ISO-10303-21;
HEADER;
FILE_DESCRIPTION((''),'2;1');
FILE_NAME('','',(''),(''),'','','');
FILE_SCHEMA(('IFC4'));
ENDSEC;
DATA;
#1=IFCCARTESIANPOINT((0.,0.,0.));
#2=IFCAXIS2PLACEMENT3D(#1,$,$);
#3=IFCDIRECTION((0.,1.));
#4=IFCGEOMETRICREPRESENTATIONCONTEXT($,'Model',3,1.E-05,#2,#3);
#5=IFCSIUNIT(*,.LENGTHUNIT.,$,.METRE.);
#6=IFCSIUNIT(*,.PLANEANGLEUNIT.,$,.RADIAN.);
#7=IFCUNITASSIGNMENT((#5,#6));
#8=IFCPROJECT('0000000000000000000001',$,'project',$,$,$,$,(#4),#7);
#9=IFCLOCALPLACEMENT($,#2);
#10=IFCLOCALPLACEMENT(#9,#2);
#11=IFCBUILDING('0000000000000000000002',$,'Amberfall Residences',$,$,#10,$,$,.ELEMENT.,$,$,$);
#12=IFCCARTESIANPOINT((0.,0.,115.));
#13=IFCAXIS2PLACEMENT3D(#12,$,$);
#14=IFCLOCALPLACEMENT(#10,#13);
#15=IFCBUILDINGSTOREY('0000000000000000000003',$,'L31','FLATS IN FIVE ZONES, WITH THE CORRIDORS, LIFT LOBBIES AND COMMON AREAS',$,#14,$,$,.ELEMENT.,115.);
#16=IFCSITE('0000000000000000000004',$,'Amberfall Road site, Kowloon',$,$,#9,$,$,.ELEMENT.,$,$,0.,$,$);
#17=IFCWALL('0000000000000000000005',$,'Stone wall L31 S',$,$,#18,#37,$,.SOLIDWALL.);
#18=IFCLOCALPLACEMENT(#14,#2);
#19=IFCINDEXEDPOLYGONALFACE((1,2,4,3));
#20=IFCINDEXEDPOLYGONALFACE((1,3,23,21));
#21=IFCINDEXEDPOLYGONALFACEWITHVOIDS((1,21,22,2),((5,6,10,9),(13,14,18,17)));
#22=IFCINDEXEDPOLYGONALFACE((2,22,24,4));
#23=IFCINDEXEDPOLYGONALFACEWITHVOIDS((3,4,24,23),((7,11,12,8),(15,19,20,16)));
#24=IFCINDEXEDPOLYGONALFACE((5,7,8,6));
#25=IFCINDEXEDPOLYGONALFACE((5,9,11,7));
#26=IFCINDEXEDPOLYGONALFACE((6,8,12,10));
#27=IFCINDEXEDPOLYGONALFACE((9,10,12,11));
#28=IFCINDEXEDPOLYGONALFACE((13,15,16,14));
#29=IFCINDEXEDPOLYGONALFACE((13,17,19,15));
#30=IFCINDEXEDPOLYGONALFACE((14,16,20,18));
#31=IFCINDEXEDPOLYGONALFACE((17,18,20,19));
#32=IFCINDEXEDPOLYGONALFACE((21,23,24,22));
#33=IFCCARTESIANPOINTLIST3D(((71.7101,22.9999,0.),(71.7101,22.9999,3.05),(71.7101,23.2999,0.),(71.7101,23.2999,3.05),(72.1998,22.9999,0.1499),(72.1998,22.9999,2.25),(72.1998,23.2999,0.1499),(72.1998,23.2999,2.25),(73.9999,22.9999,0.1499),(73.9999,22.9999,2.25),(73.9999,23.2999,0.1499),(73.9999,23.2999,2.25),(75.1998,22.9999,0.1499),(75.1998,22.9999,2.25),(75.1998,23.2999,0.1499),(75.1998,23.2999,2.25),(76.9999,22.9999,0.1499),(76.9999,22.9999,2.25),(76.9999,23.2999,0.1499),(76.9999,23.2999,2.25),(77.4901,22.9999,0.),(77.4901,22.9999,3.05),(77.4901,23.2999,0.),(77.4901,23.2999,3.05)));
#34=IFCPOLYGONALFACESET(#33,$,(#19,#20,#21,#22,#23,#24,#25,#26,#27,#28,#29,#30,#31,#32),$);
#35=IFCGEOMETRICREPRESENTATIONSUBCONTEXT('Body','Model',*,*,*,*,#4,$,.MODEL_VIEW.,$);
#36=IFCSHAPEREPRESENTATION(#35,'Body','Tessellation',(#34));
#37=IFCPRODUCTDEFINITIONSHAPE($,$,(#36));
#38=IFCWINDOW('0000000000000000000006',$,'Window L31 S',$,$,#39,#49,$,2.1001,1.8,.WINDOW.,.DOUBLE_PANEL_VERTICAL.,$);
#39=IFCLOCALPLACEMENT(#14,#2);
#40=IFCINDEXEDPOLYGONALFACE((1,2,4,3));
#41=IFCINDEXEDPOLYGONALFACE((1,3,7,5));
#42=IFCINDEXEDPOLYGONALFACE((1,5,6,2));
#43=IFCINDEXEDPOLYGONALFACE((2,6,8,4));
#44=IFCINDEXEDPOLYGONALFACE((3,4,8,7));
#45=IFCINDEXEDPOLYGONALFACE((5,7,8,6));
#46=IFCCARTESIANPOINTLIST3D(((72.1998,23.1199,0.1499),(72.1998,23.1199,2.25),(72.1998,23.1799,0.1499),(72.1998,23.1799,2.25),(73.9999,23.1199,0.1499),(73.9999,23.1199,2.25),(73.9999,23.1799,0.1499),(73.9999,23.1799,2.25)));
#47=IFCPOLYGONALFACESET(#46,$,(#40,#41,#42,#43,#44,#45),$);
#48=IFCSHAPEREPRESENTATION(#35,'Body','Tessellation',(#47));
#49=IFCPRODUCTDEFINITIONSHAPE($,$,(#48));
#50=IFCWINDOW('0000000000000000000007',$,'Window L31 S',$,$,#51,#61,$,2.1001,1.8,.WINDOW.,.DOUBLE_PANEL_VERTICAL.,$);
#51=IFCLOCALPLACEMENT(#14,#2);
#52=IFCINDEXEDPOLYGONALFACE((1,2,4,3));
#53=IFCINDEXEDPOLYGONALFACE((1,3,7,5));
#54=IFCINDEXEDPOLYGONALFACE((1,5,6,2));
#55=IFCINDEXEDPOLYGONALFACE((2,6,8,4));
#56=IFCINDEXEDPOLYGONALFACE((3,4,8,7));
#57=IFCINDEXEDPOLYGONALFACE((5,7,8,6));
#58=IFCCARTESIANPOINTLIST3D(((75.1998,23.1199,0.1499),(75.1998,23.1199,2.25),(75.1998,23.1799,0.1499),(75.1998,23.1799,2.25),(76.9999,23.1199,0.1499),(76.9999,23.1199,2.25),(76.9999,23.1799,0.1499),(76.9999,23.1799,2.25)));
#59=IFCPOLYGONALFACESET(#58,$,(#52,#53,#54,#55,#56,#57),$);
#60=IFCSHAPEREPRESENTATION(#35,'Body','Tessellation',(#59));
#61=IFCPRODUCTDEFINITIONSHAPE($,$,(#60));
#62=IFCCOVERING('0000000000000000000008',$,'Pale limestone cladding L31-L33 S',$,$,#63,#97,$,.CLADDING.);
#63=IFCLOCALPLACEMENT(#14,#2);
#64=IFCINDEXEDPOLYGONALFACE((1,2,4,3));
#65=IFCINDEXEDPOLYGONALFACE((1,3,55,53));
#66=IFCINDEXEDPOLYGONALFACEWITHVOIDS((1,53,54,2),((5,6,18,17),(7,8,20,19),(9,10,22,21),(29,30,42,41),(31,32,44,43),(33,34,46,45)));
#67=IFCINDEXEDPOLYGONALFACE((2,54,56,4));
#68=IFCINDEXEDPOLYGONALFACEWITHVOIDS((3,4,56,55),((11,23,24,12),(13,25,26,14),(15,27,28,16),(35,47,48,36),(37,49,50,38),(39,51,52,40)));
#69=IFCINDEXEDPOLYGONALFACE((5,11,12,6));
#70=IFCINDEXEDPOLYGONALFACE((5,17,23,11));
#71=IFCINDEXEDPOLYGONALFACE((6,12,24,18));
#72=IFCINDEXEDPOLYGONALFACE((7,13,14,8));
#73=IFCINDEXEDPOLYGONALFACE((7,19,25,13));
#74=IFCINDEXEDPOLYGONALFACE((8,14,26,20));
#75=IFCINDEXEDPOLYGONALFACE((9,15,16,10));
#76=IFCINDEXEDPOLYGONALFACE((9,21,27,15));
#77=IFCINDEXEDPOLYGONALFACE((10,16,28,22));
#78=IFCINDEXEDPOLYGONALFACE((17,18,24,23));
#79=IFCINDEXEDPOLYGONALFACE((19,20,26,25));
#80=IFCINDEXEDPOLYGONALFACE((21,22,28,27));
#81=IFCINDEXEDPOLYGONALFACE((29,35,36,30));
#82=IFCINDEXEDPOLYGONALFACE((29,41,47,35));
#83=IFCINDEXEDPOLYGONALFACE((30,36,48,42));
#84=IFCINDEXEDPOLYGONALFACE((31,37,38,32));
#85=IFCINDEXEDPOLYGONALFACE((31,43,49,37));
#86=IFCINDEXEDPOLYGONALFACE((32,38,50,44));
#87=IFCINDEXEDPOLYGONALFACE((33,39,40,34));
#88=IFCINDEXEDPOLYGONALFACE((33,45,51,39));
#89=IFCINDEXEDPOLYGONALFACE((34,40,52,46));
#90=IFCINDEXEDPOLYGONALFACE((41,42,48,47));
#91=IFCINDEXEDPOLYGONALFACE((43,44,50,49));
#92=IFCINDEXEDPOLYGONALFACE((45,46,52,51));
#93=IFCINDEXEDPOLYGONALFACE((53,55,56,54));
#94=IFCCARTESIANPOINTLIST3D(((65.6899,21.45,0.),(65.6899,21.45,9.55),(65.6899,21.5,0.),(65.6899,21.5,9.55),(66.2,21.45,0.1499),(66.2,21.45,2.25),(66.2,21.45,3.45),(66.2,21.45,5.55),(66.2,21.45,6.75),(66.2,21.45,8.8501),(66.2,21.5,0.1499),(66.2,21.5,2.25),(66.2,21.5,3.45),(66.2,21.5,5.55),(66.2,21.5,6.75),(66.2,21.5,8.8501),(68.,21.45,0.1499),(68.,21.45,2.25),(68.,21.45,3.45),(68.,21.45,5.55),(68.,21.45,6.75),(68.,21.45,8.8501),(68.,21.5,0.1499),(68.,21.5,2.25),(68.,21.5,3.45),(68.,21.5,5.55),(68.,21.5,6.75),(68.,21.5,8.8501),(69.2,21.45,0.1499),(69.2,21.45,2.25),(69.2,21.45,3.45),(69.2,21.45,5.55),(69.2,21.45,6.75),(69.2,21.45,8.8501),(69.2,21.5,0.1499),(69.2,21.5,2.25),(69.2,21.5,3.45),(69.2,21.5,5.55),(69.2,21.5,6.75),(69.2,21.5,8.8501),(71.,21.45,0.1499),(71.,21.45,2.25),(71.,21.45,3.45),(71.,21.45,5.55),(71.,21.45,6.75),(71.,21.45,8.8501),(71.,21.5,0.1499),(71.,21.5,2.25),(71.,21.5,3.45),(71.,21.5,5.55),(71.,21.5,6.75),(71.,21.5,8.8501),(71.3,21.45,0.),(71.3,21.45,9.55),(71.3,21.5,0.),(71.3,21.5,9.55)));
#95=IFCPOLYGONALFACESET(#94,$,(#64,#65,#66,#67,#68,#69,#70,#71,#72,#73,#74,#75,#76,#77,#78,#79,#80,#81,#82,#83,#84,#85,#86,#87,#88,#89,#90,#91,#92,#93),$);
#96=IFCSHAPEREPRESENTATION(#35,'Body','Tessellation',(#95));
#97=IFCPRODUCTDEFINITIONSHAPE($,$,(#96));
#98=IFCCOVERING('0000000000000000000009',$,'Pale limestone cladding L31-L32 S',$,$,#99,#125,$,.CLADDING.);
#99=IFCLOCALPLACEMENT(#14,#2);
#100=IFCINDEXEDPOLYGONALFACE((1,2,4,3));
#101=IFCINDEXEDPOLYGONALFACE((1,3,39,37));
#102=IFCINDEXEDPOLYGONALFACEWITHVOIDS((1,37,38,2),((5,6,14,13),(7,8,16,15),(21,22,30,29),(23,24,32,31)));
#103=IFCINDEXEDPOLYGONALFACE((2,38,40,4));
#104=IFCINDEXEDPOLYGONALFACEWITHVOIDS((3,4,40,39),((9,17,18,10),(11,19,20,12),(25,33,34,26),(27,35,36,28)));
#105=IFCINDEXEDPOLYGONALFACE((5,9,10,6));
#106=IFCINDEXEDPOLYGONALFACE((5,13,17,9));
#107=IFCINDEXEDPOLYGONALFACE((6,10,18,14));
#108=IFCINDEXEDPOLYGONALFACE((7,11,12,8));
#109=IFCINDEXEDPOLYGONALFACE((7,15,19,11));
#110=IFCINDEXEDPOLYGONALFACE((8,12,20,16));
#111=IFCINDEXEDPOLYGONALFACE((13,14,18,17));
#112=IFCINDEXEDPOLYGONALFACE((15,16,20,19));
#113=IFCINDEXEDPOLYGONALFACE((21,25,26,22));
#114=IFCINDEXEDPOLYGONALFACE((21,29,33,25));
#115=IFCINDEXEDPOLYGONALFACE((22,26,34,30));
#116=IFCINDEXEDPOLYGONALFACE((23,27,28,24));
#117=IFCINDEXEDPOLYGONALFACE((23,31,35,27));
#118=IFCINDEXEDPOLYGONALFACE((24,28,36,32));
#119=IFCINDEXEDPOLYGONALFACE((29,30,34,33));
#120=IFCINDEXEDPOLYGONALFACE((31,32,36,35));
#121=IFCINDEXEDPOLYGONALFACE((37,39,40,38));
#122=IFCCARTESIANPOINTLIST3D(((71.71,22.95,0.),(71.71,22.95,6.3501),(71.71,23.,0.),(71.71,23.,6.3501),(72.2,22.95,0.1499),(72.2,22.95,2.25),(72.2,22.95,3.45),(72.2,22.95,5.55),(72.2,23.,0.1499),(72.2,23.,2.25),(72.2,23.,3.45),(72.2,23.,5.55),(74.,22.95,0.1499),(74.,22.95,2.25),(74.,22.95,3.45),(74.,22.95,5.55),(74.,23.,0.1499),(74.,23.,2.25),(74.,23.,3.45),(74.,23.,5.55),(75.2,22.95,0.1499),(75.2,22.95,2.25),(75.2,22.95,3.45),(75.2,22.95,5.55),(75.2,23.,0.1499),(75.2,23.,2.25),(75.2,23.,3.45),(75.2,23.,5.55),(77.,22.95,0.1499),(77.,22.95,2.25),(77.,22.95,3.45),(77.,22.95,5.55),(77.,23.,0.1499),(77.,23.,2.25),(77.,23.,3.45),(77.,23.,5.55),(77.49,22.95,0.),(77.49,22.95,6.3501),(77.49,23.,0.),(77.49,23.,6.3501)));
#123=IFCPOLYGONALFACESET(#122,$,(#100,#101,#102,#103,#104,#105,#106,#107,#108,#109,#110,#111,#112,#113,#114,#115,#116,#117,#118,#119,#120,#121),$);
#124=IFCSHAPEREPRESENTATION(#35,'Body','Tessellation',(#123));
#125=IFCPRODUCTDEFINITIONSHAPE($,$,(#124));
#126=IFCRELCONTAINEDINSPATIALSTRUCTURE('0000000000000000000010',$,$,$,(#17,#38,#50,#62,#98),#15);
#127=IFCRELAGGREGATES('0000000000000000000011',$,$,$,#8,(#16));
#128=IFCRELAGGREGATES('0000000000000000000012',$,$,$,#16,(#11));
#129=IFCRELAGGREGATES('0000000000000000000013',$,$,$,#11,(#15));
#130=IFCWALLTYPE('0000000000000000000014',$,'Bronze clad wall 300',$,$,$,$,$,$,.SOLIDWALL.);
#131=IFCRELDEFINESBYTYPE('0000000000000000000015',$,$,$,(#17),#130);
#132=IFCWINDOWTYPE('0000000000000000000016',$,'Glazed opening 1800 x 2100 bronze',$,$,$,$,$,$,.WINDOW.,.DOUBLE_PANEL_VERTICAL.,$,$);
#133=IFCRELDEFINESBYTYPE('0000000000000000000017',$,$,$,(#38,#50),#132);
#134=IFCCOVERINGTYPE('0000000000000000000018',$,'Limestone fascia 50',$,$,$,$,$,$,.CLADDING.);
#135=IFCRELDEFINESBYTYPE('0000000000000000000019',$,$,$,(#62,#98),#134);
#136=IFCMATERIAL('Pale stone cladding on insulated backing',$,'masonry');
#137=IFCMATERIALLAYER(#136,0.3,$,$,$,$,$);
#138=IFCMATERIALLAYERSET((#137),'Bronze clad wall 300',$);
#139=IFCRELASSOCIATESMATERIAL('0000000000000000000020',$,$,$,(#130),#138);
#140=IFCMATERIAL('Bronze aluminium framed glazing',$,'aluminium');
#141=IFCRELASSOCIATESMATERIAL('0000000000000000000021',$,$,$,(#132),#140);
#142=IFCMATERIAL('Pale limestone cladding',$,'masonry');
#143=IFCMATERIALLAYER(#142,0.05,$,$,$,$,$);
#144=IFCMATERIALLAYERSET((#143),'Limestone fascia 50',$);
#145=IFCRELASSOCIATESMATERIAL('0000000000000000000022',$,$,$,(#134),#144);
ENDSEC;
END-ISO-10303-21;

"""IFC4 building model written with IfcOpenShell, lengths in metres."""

from ifc_helpers import new_model, si_unit, direction, frame, frame_2d, origin, place, context, subcontext, project, spatial, polyline, rectangle, outline, extrude, material, layer, layer_set, type_object, element, fill, save


model = new_model("IFC4")

# Units and contexts
model_context = context("Model", 3, precision=1e-05, world=origin(), true_north=direction((0.0, 1.0)))
body_context = subcontext(model_context, "Body", "Model", "MODEL_VIEW")
ifc_project = project(units=[si_unit("LENGTHUNIT", "METRE"), si_unit("PLANEANGLEUNIT", "RADIAN")], contexts=[model_context])

# Site, building, storey
site_placement = place(None, origin())
site = spatial("IfcSite", under=ifc_project, at=site_placement, Name="Amberfall Road site, Kowloon", CompositionType="ELEMENT", RefElevation=0.0)
building_placement = place(site_placement, origin())
building = spatial("IfcBuilding", under=site, at=building_placement, Name="Amberfall Residences", CompositionType="ELEMENT")
storey_placement = place(building_placement, frame((0.0, 0.0, 115.0)))
storey = spatial("IfcBuildingStorey", under=building, at=storey_placement, Name="L31", Description="FLATS IN FIVE ZONES, WITH THE CORRIDORS, LIFT LOBBIES AND COMMON AREAS", CompositionType="ELEMENT", Elevation=115.0)

# Shared definitions
ifc_material_1 = material(Name="Pale stone cladding on insulated backing", Category="masonry")
ifc_layer_1 = layer(ifc_material_1, 0.3)
ifc_layer_set_1 = layer_set([ifc_layer_1], Name="Bronze clad wall 300")
wall_type = type_object("IfcWallType", Name="Bronze clad wall 300", PredefinedType="SOLIDWALL", material=ifc_layer_set_1)

# Wall, openings, windows
ifc_material_2 = material(Name="Bronze aluminium framed glazing", Category="aluminium")
window_type = type_object("IfcWindowType", Name="Glazed opening 1800 x 2100 bronze", PartitioningType="DOUBLE_PANEL_VERTICAL", PredefinedType="WINDOW", material=ifc_material_2)
wall_1_placement = place(storey_placement, frame((71.71, 23.1499, 0.0), z_axis=(0.0, 0.0, 1.0), x_axis=(1.0, 0.0, 0.0)))
wall_1 = element("IfcWall", 1, at=wall_1_placement, inside=storey, type_object=wall_type, Name="Stone wall L31 S", PredefinedType="SOLIDWALL", context=body_context, shape_type="SweptSolid", body=[
    extrude(rectangle(XDim=5.78, YDim=0.3, at=frame_2d((2.8901, 0.0))), origin(), (0.0, 0.0, 1.0), 3.05),
])
opening_1_placement = place(wall_1_placement, frame((0.49, 0.0, 0.1499)))
opening_1 = element("IfcOpeningElement", 2, at=opening_1_placement, cuts=wall_1, PredefinedType="OPENING", context=body_context, shape_type="SweptSolid", body=[
    extrude(rectangle(XDim=1.8, YDim=2.1001, at=frame_2d((0.8999, 1.05))), frame((0.0, 0.1599, 0.0), z_axis=(0.0, -1.0, 0.0), x_axis=(1.0, 0.0, 0.0)), (0.0, 0.0, 1.0), 0.3201),
])
opening_2_placement = place(wall_1_placement, frame((3.49, 0.0, 0.1499)))
opening_2 = element("IfcOpeningElement", 3, at=opening_2_placement, cuts=wall_1, PredefinedType="OPENING", context=body_context, shape_type="SweptSolid", body=[
    extrude(rectangle(XDim=1.8, YDim=2.1001, at=frame_2d((0.8999, 1.05))), frame((0.0, 0.1599, 0.0), z_axis=(0.0, -1.0, 0.0), x_axis=(1.0, 0.0, 0.0)), (0.0, 0.0, 1.0), 0.3201),
])
window_1_placement = place(opening_1_placement, origin())
window_1 = element("IfcWindow", 4, at=window_1_placement, inside=storey, type_object=window_type, Name="Window L31 S", OverallHeight=2.1001, OverallWidth=1.8, PartitioningType="DOUBLE_PANEL_VERTICAL", PredefinedType="WINDOW", context=body_context, shape_type="SweptSolid", body=[
    extrude(rectangle(XDim=1.8, YDim=2.1001, at=frame_2d((0.8999, 1.05))), frame((0.0, 0.03, 0.0), z_axis=(0.0, -1.0, 0.0), x_axis=(1.0, 0.0, 0.0)), (0.0, 0.0, 1.0), 0.0601),
])
fill(opening_1, window_1)
window_2_placement = place(opening_2_placement, origin())
window_2 = element("IfcWindow", 5, at=window_2_placement, inside=storey, type_object=window_type, Name="Window L31 S", OverallHeight=2.1001, OverallWidth=1.8, PartitioningType="DOUBLE_PANEL_VERTICAL", PredefinedType="WINDOW", context=body_context, shape_type="SweptSolid", body=[
    extrude(rectangle(XDim=1.8, YDim=2.1001, at=frame_2d((0.8999, 1.05))), frame((0.0, 0.03, 0.0), z_axis=(0.0, -1.0, 0.0), x_axis=(1.0, 0.0, 0.0)), (0.0, 0.0, 1.0), 0.0601),
])
fill(opening_2, window_2)

# Coverings
ifc_material_3 = material(Name="Pale limestone cladding", Category="masonry")
ifc_layer_2 = layer(ifc_material_3, 0.05)
ifc_layer_set_2 = layer_set([ifc_layer_2], Name="Limestone fascia 50")
covering_type = type_object("IfcCoveringType", Name="Limestone fascia 50", PredefinedType="CLADDING", material=ifc_layer_set_2)
covering_1_placement = place(storey_placement, frame((65.6899, 21.5, 9.55), z_axis=(0.0, 1.0, 0.0), x_axis=(1.0, 0.0, 0.0)))
element("IfcCovering", 6, at=covering_1_placement, inside=storey, type_object=covering_type, Name="Pale limestone cladding L31-L33 S", PredefinedType="CLADDING", context=body_context, shape_type="SweptSolid", body=[
    extrude(outline(polyline([(0.0, 0.0), (5.6101, 0.0), (5.6101, 9.55), (0.0, 9.55), (0.0, 0.0)]), holes=[polyline([(0.51, 7.3), (2.3101, 7.3), (2.3101, 9.4001), (0.51, 9.4001), (0.51, 7.3)]), polyline([(3.51, 7.3), (5.3101, 7.3), (5.3101, 9.4001), (3.51, 9.4001), (3.51, 7.3)]), polyline([(0.51, 4.0), (2.3101, 4.0), (2.3101, 6.1001), (0.51, 6.1001), (0.51, 4.0)]), polyline([(3.51, 4.0), (5.3101, 4.0), (5.3101, 6.1001), (3.51, 6.1001), (3.51, 4.0)]), polyline([(0.51, 0.7), (2.3101, 0.7), (2.3101, 2.8), (0.51, 2.8), (0.51, 0.7)]), polyline([(3.51, 0.7), (5.3101, 0.7), (5.3101, 2.8), (3.51, 2.8), (3.51, 0.7)])]), origin(), (0.0, 0.0, -1.0), 0.05),
])
covering_2_placement = place(storey_placement, frame((71.71, 23.0, 6.3501), z_axis=(0.0, 1.0, 0.0), x_axis=(1.0, 0.0, 0.0)))
element("IfcCovering", 7, at=covering_2_placement, inside=storey, type_object=covering_type, Name="Pale limestone cladding L31-L32 S", PredefinedType="CLADDING", context=body_context, shape_type="SweptSolid", body=[
    extrude(outline(polyline([(0.0, 0.0), (5.78, 0.0), (5.78, 6.3501), (0.0, 6.3501), (0.0, 0.0)]), holes=[polyline([(0.49, 4.1001), (2.29, 4.1001), (2.29, 6.2002), (0.49, 6.2002), (0.49, 4.1001)]), polyline([(3.49, 4.1001), (5.29, 4.1001), (5.29, 6.2002), (3.49, 6.2002), (3.49, 4.1001)]), polyline([(0.49, 0.8), (2.29, 0.8), (2.29, 2.9001), (0.49, 2.9001), (0.49, 0.8)]), polyline([(3.49, 0.8), (5.29, 0.8), (5.29, 2.9001), (3.49, 2.9001), (3.49, 0.8)])]), origin(), (0.0, 0.0, -1.0), 0.05),
])

save(model, "model.ifc")
